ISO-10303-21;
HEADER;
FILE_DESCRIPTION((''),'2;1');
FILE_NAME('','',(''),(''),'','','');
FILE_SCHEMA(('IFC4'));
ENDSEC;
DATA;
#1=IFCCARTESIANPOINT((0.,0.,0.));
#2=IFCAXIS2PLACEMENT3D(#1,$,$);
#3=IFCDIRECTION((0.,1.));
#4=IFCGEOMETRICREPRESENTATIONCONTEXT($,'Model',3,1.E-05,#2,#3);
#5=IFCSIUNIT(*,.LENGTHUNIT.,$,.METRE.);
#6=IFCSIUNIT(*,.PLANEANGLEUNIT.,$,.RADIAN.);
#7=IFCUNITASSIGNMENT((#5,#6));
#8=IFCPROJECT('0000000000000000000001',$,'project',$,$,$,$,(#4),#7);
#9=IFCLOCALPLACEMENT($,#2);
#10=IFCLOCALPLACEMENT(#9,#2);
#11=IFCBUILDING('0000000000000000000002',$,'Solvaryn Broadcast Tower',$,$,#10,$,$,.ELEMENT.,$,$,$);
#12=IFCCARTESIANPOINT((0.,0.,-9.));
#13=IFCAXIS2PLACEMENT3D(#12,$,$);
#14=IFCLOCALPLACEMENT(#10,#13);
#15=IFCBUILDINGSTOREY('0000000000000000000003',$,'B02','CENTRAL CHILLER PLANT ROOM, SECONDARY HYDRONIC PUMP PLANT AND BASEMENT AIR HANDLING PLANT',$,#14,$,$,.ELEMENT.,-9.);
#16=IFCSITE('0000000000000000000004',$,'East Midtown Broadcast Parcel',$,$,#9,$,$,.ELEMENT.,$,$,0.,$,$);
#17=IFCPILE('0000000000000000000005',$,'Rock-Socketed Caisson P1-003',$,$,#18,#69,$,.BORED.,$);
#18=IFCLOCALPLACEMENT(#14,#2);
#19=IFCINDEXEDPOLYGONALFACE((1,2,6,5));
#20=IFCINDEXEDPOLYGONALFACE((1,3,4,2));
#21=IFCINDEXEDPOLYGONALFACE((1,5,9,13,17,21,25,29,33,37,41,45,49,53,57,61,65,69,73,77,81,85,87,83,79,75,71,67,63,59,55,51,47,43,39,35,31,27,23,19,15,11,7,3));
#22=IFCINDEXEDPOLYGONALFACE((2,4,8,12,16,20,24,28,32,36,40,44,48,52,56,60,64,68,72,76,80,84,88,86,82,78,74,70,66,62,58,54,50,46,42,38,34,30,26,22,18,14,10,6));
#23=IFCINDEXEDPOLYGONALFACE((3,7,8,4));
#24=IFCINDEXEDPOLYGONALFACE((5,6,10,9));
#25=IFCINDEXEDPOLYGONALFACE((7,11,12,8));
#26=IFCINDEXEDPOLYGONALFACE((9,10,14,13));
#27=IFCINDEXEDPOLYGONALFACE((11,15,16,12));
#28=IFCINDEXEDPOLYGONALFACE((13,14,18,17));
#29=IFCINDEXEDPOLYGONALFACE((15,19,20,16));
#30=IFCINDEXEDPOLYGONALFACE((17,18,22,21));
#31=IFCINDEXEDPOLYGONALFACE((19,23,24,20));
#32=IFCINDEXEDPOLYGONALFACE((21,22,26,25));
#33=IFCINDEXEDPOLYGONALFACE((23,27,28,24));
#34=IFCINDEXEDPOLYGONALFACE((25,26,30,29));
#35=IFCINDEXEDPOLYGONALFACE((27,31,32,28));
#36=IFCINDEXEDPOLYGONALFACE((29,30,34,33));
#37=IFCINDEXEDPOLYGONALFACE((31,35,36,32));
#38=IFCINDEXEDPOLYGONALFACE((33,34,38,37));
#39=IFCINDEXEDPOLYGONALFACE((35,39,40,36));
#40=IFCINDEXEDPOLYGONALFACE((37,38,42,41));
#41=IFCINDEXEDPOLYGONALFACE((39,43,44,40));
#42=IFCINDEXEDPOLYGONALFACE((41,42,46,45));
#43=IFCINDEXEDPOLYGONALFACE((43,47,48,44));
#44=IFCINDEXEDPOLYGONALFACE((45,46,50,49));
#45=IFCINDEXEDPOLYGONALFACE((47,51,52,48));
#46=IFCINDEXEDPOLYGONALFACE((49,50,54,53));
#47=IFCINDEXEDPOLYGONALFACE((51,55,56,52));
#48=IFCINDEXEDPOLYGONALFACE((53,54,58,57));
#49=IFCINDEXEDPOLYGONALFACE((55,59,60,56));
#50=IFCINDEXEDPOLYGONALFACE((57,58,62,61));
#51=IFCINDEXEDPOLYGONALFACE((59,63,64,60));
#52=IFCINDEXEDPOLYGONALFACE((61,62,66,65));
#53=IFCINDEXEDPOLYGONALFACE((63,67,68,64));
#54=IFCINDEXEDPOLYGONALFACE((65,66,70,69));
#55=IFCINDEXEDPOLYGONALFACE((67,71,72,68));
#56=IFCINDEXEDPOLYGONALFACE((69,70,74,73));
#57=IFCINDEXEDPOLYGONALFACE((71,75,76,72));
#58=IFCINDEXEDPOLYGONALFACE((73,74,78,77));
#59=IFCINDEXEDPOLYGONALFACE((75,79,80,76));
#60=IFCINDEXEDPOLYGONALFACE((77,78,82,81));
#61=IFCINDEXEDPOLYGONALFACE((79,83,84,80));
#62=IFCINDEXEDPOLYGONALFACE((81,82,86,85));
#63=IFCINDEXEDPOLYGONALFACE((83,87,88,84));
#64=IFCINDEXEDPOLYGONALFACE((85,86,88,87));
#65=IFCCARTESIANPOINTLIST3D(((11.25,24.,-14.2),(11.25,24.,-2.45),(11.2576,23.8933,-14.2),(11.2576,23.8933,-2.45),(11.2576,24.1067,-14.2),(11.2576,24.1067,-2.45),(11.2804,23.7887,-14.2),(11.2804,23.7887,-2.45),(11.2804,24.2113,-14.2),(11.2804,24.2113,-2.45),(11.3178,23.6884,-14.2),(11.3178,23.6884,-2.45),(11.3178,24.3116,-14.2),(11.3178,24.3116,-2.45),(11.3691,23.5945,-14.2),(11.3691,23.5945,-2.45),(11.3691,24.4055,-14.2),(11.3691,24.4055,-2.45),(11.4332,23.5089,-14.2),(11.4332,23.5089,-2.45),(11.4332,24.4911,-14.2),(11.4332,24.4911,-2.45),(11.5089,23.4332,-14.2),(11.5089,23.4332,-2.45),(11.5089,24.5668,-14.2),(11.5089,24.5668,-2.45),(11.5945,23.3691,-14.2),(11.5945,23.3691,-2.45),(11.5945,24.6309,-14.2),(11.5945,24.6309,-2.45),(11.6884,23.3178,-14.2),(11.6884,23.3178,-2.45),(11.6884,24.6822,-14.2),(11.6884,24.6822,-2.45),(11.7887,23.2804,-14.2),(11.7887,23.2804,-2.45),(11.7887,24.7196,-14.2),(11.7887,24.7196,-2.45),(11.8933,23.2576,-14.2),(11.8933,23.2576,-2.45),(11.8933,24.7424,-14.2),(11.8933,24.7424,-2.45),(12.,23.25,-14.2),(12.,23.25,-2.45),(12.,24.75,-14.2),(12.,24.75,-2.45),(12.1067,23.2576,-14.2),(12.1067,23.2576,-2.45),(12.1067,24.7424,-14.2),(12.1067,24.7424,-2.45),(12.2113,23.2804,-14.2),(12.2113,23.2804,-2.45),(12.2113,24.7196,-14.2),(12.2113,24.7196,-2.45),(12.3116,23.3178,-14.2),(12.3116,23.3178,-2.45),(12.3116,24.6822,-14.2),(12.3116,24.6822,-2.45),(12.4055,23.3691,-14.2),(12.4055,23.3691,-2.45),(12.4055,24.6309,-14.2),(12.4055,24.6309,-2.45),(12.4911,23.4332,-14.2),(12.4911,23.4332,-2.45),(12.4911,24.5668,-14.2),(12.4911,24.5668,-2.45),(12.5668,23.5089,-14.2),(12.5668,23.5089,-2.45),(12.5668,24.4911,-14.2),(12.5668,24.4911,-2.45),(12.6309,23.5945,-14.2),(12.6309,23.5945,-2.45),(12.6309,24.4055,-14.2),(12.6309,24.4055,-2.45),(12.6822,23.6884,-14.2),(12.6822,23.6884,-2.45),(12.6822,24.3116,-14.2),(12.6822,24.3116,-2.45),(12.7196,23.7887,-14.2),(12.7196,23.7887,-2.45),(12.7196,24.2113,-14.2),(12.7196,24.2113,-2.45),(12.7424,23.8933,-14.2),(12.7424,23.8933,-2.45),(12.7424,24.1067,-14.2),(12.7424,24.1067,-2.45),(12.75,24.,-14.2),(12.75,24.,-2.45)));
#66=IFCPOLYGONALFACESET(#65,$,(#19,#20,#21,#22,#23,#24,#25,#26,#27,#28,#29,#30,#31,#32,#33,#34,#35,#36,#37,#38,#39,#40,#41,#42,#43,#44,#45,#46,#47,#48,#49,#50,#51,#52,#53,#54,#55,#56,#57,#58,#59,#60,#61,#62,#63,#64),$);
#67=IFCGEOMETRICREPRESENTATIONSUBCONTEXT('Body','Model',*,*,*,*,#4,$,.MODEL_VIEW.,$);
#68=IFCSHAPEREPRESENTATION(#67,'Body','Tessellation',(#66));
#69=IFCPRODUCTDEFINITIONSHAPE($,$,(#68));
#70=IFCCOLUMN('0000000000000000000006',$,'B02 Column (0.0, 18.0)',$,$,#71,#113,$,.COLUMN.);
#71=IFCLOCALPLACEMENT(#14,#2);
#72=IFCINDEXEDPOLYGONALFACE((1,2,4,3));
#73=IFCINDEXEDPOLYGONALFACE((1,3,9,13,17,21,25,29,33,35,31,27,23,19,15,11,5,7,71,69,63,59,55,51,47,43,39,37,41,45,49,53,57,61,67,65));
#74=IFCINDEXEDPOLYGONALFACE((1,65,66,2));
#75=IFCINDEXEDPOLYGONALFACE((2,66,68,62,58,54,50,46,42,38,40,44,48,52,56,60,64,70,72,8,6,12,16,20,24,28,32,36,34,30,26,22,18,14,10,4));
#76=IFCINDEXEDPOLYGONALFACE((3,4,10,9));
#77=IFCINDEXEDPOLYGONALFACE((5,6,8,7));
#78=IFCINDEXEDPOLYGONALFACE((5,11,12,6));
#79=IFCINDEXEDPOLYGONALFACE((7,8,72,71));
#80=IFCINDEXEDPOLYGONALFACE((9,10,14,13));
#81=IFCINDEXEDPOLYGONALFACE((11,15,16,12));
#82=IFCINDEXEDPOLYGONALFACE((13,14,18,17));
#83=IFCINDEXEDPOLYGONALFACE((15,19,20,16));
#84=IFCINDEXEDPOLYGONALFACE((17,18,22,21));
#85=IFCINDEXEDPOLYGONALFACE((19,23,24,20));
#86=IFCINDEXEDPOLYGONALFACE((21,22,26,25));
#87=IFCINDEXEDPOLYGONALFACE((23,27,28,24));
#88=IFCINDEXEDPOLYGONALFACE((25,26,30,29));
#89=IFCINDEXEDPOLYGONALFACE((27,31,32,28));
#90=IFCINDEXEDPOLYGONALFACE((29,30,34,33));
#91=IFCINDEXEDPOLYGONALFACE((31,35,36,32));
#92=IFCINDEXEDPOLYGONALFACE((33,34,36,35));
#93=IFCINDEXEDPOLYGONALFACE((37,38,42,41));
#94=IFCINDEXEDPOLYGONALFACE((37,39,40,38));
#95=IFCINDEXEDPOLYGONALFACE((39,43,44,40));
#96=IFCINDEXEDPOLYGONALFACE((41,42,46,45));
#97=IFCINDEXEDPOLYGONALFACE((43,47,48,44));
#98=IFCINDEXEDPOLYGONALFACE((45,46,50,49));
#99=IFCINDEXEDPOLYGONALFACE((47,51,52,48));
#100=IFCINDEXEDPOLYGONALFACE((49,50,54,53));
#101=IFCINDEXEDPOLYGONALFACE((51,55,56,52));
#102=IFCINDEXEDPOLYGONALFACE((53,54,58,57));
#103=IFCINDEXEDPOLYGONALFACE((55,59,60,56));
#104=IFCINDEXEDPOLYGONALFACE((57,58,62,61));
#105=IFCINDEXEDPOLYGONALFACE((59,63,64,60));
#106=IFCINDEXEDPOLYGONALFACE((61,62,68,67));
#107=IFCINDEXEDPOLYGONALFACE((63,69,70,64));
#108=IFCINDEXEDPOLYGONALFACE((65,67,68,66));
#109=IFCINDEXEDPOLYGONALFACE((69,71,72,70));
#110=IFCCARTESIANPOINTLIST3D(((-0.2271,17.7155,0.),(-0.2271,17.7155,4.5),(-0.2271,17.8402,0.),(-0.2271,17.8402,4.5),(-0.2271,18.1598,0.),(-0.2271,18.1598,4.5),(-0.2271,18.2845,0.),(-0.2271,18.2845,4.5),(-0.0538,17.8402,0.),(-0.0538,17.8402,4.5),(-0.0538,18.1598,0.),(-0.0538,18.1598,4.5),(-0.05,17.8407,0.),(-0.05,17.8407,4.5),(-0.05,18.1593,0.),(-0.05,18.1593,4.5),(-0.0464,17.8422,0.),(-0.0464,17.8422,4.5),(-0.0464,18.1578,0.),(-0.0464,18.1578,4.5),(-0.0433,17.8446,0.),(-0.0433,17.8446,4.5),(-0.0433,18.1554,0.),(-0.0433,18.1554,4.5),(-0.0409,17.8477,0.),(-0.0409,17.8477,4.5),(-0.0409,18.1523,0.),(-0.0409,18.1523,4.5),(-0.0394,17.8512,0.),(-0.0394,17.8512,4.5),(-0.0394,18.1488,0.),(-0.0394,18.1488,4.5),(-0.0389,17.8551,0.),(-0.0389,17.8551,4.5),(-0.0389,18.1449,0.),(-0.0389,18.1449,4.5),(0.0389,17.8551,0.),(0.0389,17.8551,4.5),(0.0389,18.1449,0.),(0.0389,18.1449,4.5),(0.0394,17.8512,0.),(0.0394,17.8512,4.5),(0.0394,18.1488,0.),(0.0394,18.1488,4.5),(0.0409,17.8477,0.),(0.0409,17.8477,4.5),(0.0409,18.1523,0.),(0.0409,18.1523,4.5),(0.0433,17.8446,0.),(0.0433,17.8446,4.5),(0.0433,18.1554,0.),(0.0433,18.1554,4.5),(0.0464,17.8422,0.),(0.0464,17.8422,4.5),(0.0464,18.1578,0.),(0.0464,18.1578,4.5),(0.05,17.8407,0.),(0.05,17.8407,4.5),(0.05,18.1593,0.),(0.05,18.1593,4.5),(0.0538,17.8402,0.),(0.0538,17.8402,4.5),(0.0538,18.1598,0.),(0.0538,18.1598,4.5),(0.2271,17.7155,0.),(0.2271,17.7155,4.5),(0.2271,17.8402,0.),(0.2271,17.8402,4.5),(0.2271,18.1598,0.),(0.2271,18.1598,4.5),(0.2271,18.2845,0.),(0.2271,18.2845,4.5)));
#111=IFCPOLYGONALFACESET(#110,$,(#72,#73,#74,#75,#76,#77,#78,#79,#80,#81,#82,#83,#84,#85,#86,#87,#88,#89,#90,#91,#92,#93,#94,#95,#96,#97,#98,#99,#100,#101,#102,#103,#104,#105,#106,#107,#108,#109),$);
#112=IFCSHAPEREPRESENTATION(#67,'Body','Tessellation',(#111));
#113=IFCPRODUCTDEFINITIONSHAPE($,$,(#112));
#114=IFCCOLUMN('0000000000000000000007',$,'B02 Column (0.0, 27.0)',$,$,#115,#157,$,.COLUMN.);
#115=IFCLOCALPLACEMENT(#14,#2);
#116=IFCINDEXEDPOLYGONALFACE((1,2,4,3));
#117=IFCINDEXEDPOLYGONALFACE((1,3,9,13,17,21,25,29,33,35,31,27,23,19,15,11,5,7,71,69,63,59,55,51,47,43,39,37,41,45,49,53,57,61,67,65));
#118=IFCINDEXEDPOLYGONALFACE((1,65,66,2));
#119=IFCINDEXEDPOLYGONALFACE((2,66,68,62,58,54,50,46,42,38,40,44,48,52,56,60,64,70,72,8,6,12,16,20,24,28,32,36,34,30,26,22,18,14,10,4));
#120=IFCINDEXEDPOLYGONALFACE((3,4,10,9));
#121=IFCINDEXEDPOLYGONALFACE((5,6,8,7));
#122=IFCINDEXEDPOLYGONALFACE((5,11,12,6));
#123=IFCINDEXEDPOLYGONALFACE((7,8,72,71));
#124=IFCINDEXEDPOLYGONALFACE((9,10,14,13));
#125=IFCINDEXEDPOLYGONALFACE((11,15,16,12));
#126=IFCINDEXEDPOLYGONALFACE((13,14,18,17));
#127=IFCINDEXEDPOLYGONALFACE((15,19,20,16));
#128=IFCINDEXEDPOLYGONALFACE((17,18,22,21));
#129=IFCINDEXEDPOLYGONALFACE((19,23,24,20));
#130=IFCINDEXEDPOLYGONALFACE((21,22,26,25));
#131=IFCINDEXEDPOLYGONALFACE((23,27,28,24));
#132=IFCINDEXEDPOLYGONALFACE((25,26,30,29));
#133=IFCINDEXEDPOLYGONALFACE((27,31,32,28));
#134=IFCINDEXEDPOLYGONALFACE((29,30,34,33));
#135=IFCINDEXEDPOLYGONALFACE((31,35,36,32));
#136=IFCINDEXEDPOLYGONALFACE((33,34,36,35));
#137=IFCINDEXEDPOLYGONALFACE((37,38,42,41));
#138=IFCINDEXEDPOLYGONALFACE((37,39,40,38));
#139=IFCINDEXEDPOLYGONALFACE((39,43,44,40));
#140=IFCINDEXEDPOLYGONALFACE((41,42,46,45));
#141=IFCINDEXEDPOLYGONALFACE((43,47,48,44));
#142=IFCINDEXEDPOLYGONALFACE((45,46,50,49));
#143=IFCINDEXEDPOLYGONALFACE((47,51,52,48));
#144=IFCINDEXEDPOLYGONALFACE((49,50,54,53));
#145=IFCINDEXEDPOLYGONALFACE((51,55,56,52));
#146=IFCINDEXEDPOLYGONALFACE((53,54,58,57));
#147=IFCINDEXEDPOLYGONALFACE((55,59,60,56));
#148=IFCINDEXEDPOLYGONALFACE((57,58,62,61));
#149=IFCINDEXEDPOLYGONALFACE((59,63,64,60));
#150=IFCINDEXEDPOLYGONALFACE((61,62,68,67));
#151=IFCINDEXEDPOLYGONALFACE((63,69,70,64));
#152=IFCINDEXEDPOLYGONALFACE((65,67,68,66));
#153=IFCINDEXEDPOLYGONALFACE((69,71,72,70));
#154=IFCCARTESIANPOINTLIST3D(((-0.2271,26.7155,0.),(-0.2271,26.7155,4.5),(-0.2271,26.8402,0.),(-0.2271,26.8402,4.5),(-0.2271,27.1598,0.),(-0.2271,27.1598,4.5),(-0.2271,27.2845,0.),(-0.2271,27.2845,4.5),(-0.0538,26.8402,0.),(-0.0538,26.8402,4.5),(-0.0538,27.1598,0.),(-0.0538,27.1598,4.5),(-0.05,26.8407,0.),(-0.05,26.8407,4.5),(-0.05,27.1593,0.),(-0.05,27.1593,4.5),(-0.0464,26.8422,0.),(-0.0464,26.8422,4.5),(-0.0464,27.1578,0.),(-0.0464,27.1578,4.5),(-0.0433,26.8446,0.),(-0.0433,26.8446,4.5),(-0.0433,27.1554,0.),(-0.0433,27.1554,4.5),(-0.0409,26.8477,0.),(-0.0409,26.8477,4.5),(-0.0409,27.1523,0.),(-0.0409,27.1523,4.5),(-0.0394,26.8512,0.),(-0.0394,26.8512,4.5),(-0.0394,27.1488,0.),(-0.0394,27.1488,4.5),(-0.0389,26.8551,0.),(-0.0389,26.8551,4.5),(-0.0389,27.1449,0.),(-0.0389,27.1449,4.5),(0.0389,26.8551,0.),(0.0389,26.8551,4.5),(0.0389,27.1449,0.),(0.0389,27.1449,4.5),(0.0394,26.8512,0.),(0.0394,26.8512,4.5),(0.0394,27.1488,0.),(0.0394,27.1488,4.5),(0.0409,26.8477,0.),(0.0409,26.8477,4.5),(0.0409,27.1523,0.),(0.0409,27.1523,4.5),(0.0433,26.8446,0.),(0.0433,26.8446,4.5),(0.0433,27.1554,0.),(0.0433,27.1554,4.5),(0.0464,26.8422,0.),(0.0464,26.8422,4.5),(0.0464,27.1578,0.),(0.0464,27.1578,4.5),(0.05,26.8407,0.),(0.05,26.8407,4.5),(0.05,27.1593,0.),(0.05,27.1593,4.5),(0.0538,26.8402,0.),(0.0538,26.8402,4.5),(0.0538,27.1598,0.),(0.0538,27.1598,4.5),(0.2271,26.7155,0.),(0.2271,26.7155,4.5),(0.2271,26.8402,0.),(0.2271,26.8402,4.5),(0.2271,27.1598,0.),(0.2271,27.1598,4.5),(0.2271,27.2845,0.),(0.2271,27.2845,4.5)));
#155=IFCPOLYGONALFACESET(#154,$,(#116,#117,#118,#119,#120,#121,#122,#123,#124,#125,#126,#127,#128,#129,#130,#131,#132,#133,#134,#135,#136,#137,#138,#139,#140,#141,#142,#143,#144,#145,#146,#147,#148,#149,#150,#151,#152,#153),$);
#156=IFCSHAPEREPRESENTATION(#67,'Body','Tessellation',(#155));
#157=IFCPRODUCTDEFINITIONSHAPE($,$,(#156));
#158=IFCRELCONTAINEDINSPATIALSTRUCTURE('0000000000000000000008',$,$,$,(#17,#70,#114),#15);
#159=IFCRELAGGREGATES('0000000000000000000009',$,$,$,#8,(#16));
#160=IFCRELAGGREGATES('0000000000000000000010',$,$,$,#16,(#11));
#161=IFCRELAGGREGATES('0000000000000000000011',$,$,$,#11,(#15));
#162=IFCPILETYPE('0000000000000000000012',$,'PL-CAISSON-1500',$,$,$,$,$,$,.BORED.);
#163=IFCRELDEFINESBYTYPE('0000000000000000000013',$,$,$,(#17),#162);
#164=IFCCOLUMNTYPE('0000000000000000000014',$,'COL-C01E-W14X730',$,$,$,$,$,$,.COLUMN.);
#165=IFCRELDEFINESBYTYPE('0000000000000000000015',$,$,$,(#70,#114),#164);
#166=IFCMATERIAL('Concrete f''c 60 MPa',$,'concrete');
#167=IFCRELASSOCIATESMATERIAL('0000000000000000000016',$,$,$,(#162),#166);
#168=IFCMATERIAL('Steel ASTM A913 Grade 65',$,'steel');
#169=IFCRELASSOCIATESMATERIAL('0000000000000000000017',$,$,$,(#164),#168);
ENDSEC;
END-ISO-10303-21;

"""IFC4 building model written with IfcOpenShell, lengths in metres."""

from ifc_helpers import new_model, si_unit, direction, frame, origin, origin_2d, place, context, subcontext, project, spatial, circle, i_section, extrude, material, material_profile, profile_set, type_object, element, save


model = new_model("IFC4")

# Units and contexts
model_context = context("Model", 3, precision=1e-05, world=origin(), true_north=direction((0.0, 1.0)))
body_context = subcontext(model_context, "Body", "Model", "MODEL_VIEW")
ifc_project = project(units=[si_unit("LENGTHUNIT", "METRE"), si_unit("PLANEANGLEUNIT", "RADIAN")], contexts=[model_context])

# Site, building, storey
site_placement = place(None, origin())
site = spatial("IfcSite", under=ifc_project, at=site_placement, Name="East Midtown Broadcast Parcel", CompositionType="ELEMENT", RefElevation=0.0)
building_placement = place(site_placement, origin())
building = spatial("IfcBuilding", under=site, at=building_placement, Name="Solvaryn Broadcast Tower", CompositionType="ELEMENT")
storey_placement = place(building_placement, frame((0.0, 0.0, -9.0)))
storey = spatial("IfcBuildingStorey", under=building, at=storey_placement, Name="B02", Description="CENTRAL CHILLER PLANT ROOM, SECONDARY HYDRONIC PUMP PLANT AND BASEMENT AIR HANDLING PLANT", CompositionType="ELEMENT", Elevation=-9.0)

# Pile
ifc_material_1 = material(Name="Concrete f'c 60 MPa", Category="concrete")
ifc_material_profile_1 = material_profile(ifc_material_1, circle(Radius=0.75, at=origin_2d()))
ifc_profile_set_1 = profile_set([ifc_material_profile_1], Name="Concrete f'c 60 MPa")
pile_type_1 = type_object("IfcPileType", Name="PL-CAISSON-1500", PredefinedType="BORED", material=ifc_profile_set_1)
for number, where, z_axis, x_axis, name in (
    (1, (12.0, 24.0, -2.45), (0.0, 0.0, -1.0), (1.0, 0.0, 0.0), "Rock-Socketed Caisson P1-003"),
):
    element("IfcPile", number, at=place(storey_placement, frame(where, z_axis=z_axis, x_axis=x_axis)), inside=storey, type_object=pile_type_1, Name=name, PredefinedType="BORED", context=body_context, shape_type="SweptSolid", body=[
        extrude(circle(Radius=0.75, at=origin_2d()), origin(), (0.0, 0.0, 1.0), 11.75),
    ])

# Columns
ifc_material_2 = material(Name="Steel ASTM A913 Grade 65", Category="steel")
ifc_material_profile_2 = material_profile(ifc_material_2, i_section(OverallWidth=0.4541, OverallDepth=0.5691, WebThickness=0.0779, FlangeThickness=0.1248, FilletRadius=0.0149, at=origin_2d()))
ifc_profile_set_2 = profile_set([ifc_material_profile_2], Name="Steel ASTM A913 Grade 65")
column_type_1 = type_object("IfcColumnType", Name="COL-C01E-W14X730", PredefinedType="COLUMN", material=ifc_profile_set_2)
for number, where, z_axis, x_axis, name in (
    (2, (0.0, 18.0, 0.0), (0.0, 0.0, 1.0), (1.0, 0.0, 0.0), "B02 Column (0.0, 18.0)"),
    (3, (0.0, 27.0, 0.0), (0.0, 0.0, 1.0), (1.0, 0.0, 0.0), "B02 Column (0.0, 27.0)"),
):
    element("IfcColumn", number, at=place(storey_placement, frame(where, z_axis=z_axis, x_axis=x_axis)), inside=storey, type_object=column_type_1, Name=name, PredefinedType="COLUMN", context=body_context, shape_type="SweptSolid", body=[
        extrude(i_section(OverallWidth=0.4541, OverallDepth=0.5691, WebThickness=0.0779, FlangeThickness=0.1248, FilletRadius=0.0149, at=origin_2d()), origin(), (0.0, 0.0, 1.0), 4.5),
    ])

save(model, "model.ifc")
